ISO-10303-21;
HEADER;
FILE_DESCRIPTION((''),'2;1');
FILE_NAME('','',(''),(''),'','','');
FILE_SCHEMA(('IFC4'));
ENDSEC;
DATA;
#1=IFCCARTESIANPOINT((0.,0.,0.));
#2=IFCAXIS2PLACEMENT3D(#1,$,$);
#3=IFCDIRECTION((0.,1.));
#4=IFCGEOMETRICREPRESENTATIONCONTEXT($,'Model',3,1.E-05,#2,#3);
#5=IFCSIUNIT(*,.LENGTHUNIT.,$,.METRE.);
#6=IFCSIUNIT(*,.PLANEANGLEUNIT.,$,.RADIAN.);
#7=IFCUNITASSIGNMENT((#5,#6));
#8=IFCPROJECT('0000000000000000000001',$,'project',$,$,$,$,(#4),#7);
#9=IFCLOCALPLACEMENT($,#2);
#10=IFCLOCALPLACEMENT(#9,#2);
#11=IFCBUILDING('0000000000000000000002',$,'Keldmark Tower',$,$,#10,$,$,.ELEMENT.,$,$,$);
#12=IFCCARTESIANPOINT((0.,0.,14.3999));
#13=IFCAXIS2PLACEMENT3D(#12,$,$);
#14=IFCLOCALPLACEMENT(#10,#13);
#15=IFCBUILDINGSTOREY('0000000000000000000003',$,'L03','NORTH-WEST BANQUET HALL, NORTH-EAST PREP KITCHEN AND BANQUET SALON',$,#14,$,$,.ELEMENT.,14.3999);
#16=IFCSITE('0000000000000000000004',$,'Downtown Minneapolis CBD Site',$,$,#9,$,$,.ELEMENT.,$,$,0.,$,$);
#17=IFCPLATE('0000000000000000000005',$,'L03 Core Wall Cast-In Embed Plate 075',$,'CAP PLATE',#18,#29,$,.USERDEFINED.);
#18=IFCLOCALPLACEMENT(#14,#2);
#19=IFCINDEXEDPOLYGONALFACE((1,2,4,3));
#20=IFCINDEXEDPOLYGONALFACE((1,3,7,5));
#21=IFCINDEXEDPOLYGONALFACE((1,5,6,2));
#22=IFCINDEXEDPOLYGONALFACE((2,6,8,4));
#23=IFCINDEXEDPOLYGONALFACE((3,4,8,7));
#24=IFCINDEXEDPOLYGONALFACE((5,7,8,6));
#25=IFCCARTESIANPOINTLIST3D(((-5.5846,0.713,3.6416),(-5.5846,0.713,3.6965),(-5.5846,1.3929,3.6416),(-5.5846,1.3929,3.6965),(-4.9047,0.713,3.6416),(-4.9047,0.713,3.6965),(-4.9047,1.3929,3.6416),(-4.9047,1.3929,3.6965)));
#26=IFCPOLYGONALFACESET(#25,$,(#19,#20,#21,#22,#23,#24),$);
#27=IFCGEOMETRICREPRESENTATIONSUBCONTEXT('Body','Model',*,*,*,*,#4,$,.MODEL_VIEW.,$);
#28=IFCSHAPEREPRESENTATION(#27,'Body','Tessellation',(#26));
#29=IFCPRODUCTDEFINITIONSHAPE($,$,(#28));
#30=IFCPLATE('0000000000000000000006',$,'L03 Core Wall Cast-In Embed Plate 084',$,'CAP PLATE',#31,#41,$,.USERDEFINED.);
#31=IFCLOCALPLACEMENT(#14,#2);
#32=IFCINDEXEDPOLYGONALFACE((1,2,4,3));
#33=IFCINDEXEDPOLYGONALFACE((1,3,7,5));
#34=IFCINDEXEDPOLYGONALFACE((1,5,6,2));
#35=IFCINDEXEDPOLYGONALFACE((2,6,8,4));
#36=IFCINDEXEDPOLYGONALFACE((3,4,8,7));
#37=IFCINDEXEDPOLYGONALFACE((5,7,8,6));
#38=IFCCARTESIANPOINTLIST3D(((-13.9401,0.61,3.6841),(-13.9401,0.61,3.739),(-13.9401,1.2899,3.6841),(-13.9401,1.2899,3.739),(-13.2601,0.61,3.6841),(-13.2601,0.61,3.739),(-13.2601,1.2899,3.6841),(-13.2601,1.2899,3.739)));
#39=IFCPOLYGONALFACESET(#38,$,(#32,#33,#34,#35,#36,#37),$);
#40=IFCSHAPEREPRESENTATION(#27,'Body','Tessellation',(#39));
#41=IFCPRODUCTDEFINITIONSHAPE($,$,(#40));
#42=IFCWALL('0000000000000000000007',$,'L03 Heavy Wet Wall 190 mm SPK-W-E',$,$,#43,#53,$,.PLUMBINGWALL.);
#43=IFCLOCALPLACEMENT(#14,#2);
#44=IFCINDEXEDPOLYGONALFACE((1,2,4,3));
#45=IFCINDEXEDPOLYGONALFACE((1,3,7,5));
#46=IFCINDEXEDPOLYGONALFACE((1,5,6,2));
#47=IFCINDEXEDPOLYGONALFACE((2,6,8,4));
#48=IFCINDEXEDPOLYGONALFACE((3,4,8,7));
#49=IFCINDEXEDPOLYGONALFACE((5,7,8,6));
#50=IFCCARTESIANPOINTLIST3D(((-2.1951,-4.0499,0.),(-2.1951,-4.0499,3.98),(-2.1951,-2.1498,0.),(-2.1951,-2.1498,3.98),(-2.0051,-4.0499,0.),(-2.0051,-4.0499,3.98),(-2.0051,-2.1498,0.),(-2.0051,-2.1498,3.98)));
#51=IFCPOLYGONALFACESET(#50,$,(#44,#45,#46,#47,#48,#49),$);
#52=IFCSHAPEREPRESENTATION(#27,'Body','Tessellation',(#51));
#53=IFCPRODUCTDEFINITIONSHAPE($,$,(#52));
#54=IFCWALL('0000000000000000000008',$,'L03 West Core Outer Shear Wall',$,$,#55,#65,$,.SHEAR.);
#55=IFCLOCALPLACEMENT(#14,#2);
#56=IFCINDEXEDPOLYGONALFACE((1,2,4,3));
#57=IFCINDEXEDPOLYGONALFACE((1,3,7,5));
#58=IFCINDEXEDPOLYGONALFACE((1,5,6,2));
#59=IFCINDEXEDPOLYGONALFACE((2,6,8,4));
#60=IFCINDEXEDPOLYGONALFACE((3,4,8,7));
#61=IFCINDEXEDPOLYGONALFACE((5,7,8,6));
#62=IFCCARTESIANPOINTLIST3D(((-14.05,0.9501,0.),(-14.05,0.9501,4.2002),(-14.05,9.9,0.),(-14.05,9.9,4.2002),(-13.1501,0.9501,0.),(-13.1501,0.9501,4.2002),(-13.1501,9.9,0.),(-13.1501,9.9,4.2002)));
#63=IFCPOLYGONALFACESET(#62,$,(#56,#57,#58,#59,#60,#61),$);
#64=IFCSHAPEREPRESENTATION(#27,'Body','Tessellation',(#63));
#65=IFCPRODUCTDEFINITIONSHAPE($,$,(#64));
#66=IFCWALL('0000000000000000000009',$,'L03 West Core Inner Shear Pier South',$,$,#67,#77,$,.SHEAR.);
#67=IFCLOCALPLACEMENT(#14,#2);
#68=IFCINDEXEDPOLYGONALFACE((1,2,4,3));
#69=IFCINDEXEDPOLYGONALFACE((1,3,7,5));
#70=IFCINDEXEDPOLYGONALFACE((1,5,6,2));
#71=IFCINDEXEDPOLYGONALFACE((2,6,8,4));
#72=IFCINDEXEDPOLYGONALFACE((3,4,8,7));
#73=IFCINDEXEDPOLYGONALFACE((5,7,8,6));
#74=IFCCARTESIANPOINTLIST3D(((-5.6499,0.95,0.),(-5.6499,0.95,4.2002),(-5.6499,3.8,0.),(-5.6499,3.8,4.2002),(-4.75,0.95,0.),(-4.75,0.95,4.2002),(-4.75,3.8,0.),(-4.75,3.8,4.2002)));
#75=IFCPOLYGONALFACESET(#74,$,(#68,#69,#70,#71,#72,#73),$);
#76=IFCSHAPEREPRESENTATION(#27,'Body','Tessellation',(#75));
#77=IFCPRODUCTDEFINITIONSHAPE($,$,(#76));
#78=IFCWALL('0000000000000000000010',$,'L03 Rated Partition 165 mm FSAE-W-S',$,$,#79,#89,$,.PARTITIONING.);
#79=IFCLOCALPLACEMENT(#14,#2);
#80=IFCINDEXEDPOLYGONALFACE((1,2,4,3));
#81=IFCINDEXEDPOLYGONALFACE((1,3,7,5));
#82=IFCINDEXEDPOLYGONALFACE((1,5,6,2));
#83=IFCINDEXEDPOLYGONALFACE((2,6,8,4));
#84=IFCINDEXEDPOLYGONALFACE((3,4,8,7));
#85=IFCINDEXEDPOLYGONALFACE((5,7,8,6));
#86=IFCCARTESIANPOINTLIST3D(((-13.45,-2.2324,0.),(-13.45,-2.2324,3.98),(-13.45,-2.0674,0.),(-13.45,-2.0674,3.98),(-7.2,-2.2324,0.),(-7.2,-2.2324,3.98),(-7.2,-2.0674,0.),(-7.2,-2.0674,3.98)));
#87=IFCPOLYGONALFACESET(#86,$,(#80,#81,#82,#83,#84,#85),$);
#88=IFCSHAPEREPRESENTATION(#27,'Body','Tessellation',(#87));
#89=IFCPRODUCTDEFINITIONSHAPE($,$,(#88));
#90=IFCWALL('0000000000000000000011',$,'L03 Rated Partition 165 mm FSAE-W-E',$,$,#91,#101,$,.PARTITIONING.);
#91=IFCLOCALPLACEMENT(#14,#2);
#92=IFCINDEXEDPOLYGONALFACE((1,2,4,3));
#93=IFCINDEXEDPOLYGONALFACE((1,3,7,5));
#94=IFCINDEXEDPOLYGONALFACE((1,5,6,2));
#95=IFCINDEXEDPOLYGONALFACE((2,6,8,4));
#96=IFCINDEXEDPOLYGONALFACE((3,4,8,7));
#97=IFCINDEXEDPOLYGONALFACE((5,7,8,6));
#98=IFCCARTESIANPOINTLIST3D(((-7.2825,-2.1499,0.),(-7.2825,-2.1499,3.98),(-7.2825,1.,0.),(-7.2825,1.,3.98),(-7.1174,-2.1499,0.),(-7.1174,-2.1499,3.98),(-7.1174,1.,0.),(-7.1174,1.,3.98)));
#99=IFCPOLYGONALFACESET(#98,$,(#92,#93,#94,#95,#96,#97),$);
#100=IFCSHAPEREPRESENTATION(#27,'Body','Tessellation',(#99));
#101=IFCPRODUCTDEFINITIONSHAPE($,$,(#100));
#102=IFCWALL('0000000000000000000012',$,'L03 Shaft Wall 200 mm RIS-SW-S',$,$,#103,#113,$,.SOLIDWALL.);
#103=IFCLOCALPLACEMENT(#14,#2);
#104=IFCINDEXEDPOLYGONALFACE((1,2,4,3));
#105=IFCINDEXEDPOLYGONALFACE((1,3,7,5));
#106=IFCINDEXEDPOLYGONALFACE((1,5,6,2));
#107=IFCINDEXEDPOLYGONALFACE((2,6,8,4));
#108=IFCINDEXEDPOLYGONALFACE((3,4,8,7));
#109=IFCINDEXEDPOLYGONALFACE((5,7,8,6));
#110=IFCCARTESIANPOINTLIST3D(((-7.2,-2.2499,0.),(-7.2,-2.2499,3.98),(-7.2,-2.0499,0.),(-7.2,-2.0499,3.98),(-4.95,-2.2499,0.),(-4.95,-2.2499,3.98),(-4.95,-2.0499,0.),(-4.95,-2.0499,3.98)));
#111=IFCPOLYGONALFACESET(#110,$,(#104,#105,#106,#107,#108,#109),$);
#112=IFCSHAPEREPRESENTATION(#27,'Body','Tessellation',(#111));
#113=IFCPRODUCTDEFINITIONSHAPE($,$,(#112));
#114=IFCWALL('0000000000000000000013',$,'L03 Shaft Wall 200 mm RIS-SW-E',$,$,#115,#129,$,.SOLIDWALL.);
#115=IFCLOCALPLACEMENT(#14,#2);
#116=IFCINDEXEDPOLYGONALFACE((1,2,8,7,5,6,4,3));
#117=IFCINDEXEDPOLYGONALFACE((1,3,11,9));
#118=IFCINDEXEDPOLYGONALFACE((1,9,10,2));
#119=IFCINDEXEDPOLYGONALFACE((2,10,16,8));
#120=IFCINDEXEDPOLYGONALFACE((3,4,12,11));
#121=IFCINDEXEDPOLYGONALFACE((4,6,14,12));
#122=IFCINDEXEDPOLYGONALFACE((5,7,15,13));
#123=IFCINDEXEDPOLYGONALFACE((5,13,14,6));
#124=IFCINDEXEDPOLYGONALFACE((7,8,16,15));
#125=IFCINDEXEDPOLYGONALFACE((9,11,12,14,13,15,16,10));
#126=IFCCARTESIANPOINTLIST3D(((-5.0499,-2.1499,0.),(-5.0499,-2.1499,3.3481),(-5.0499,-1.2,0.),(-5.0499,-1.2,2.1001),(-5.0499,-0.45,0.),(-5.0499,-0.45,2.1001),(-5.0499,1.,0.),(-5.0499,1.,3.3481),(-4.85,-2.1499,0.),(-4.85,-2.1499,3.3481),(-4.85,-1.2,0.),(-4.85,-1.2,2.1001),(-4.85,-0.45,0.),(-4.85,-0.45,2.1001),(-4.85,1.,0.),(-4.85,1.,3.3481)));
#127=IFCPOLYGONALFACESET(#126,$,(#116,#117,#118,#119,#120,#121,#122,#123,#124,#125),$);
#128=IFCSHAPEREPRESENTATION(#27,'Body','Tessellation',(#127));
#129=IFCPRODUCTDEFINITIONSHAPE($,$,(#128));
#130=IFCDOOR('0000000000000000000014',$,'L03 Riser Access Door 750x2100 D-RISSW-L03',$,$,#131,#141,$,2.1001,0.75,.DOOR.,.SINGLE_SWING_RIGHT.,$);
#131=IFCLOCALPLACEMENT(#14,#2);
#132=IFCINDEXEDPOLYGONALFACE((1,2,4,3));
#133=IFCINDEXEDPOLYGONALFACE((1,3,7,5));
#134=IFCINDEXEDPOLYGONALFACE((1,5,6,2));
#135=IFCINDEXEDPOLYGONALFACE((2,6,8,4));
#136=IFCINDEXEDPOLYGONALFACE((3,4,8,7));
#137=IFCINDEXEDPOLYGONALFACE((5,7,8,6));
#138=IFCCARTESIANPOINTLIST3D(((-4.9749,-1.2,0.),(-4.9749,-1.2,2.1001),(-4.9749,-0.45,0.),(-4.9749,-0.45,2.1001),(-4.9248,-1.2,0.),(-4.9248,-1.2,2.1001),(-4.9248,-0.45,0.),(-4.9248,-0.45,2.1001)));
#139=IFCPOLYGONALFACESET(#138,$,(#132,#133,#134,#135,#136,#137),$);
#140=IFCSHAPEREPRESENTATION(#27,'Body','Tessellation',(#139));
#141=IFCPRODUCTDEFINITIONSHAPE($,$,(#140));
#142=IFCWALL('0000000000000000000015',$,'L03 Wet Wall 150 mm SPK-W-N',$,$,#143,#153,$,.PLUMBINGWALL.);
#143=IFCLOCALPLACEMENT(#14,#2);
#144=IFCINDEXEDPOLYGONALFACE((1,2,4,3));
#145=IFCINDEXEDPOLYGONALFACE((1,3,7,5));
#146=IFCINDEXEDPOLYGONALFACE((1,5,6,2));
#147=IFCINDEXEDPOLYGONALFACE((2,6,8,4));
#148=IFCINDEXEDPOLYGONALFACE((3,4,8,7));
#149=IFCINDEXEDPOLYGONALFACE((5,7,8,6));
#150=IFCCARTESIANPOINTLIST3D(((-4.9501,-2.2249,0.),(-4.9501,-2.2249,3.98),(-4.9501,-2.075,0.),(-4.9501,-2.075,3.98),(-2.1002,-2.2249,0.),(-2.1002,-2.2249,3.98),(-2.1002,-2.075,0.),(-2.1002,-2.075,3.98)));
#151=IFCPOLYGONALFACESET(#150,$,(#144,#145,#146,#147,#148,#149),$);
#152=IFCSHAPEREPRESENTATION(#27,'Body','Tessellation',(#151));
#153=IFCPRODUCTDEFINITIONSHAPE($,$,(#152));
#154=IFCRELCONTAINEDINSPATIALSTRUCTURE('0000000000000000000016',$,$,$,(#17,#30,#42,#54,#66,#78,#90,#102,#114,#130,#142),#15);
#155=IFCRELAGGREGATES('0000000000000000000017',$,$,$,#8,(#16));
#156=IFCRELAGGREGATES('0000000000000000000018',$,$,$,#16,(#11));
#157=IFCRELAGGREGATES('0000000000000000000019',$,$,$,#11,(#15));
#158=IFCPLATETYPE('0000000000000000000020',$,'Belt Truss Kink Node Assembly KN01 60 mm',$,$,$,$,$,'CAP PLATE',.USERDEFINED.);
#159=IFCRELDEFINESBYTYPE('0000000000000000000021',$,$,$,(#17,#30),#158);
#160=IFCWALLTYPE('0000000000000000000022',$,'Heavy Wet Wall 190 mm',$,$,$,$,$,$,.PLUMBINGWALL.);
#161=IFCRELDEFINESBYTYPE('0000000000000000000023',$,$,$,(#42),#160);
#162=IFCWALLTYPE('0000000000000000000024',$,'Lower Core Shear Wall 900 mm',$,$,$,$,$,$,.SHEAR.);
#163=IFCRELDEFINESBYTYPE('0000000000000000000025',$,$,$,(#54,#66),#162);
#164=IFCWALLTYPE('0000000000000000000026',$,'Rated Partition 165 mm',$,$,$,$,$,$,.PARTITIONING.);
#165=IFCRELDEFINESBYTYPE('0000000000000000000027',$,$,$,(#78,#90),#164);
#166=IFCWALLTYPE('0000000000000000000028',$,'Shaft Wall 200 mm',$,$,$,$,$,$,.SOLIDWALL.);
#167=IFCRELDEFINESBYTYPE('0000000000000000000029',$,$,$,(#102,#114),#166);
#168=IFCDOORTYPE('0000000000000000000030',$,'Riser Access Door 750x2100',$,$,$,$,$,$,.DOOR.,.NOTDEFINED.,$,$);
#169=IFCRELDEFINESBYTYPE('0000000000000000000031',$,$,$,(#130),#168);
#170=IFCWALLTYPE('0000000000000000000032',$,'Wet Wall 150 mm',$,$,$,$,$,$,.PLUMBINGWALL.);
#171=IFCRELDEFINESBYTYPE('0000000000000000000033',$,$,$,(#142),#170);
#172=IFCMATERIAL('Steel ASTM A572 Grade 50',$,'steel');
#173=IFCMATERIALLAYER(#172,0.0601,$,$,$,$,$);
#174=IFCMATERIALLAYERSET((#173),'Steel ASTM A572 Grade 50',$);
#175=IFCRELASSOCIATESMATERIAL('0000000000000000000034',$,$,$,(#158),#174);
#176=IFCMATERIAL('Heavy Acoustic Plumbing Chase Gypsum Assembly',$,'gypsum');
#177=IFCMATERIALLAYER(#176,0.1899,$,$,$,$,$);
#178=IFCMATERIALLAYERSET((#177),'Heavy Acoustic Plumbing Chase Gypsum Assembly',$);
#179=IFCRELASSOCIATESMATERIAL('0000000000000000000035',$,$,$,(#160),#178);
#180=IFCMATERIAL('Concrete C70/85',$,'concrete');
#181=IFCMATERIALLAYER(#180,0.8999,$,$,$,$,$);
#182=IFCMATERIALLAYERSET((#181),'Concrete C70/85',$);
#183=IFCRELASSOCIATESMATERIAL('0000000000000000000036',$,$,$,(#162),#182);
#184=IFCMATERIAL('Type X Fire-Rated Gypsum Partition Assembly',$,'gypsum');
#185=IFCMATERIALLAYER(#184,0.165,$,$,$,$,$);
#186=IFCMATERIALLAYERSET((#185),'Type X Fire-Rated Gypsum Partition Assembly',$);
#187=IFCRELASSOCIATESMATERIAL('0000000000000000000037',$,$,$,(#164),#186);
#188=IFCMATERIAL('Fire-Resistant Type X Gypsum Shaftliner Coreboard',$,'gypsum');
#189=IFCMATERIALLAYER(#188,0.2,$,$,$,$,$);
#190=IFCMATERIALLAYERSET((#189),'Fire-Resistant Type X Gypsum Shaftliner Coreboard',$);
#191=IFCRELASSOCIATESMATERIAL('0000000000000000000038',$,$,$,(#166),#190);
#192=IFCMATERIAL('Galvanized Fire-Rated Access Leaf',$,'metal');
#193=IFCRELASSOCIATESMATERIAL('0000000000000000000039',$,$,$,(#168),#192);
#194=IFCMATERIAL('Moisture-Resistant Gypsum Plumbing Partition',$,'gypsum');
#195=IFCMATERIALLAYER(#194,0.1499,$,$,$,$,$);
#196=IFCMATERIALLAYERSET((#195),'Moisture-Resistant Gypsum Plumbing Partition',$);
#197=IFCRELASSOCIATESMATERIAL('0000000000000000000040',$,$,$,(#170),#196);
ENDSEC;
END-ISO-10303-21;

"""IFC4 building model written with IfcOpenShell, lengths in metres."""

from ifc_helpers import new_model, si_unit, direction, frame, frame_2d, origin, origin_2d, place, context, subcontext, project, spatial, rectangle, extrude, material, layer, layer_set, type_object, element, fill, save


model = new_model("IFC4")

# Units and contexts
model_context = context("Model", 3, precision=1e-05, world=origin(), true_north=direction((0.0, 1.0)))
body_context = subcontext(model_context, "Body", "Model", "MODEL_VIEW")
ifc_project = project(units=[si_unit("LENGTHUNIT", "METRE"), si_unit("PLANEANGLEUNIT", "RADIAN")], contexts=[model_context])

# Site, building, storey
site_placement = place(None, origin())
site = spatial("IfcSite", under=ifc_project, at=site_placement, Name="Downtown Minneapolis CBD Site", CompositionType="ELEMENT", RefElevation=0.0)
building_placement = place(site_placement, origin())
building = spatial("IfcBuilding", under=site, at=building_placement, Name="Keldmark Tower", CompositionType="ELEMENT")
storey_placement = place(building_placement, frame((0.0, 0.0, 14.3999)))
storey = spatial("IfcBuildingStorey", under=building, at=storey_placement, Name="L03", Description="NORTH-WEST BANQUET HALL, NORTH-EAST PREP KITCHEN AND BANQUET SALON", CompositionType="ELEMENT", Elevation=14.3999)

# Plates
ifc_material_1 = material(Name="Steel ASTM A572 Grade 50", Category="steel")
ifc_layer_1 = layer(ifc_material_1, 0.0601)
ifc_layer_set_1 = layer_set([ifc_layer_1], Name="Steel ASTM A572 Grade 50")
plate_type = type_object("IfcPlateType", Name="Belt Truss Kink Node Assembly KN01 60 mm", ElementType="CAP PLATE", PredefinedType="USERDEFINED", material=ifc_layer_set_1)
for number, where, z_axis, x_axis, name in (
    (1, (-5.2446, 1.053, 3.6416), (0.0, 0.0, 1.0), (1.0, 0.0, 0.0), "L03 Core Wall Cast-In Embed Plate 075"),
    (2, (-13.6001, 0.95, 3.6841), (0.0, 0.0, 1.0), (1.0, 0.0, 0.0), "L03 Core Wall Cast-In Embed Plate 084"),
):
    element("IfcPlate", number, at=place(storey_placement, frame(where, z_axis=z_axis, x_axis=x_axis)), inside=storey, type_object=plate_type, Name=name, ObjectType="CAP PLATE", PredefinedType="USERDEFINED", context=body_context, shape_type="SweptSolid", body=[
        extrude(rectangle(XDim=0.6799, YDim=0.6799, at=origin_2d()), origin(), (0.0, 0.0, 1.0), 0.0549),
    ])

# Walls
ifc_material_2 = material(Name="Heavy Acoustic Plumbing Chase Gypsum Assembly", Category="gypsum")
ifc_layer_2 = layer(ifc_material_2, 0.1899)
ifc_layer_set_2 = layer_set([ifc_layer_2], Name="Heavy Acoustic Plumbing Chase Gypsum Assembly")
wall_type_1 = type_object("IfcWallType", Name="Heavy Wet Wall 190 mm", PredefinedType="PLUMBINGWALL", material=ifc_layer_set_2)
wall_1_placement = place(storey_placement, frame((-2.1001, -4.05, 0.0), z_axis=(0.0, 0.0, 1.0), x_axis=(0.0, 1.0, 0.0)))
element("IfcWall", 3, at=wall_1_placement, inside=storey, type_object=wall_type_1, Name="L03 Heavy Wet Wall 190 mm SPK-W-E", PredefinedType="PLUMBINGWALL", context=body_context, shape_type="SweptSolid", body=[
    extrude(rectangle(XDim=1.9001, YDim=0.1899, at=frame_2d((0.9502, 0.0))), origin(), (0.0, 0.0, 1.0), 3.98),
])
ifc_material_3 = material(Name="Concrete C70/85", Category="concrete")
ifc_layer_3 = layer(ifc_material_3, 0.8999)
ifc_layer_set_3 = layer_set([ifc_layer_3], Name="Concrete C70/85")
wall_type_2 = type_object("IfcWallType", Name="Lower Core Shear Wall 900 mm", PredefinedType="SHEAR", material=ifc_layer_set_3)
wall_2_placement = place(storey_placement, frame((-13.6001, 0.95, 0.0), z_axis=(0.0, 0.0, 1.0), x_axis=(0.0, 1.0, 0.0)))
element("IfcWall", 4, at=wall_2_placement, inside=storey, type_object=wall_type_2, Name="L03 West Core Outer Shear Wall", PredefinedType="SHEAR", context=body_context, shape_type="SweptSolid", body=[
    extrude(rectangle(XDim=8.95, YDim=0.8999, at=frame_2d((4.4751, 0.0))), origin(), (0.0, 0.0, 1.0), 4.2002),
])

# Walls
wall_3_placement = place(storey_placement, frame((-5.2, 0.95, 0.0), z_axis=(0.0, 0.0, 1.0), x_axis=(0.0, 1.0, 0.0)))
element("IfcWall", 5, at=wall_3_placement, inside=storey, type_object=wall_type_2, Name="L03 West Core Inner Shear Pier South", PredefinedType="SHEAR", context=body_context, shape_type="SweptSolid", body=[
    extrude(rectangle(XDim=2.8501, YDim=0.8999, at=frame_2d((1.425, 0.0))), origin(), (0.0, 0.0, 1.0), 4.2002),
])
ifc_material_4 = material(Name="Type X Fire-Rated Gypsum Partition Assembly", Category="gypsum")
ifc_layer_4 = layer(ifc_material_4, 0.165)
ifc_layer_set_4 = layer_set([ifc_layer_4], Name="Type X Fire-Rated Gypsum Partition Assembly")
wall_type_3 = type_object("IfcWallType", Name="Rated Partition 165 mm", PredefinedType="PARTITIONING", material=ifc_layer_set_4)
wall_4_placement = place(storey_placement, frame((-13.45, -2.1499, 0.0), z_axis=(0.0, 0.0, 1.0), x_axis=(1.0, 0.0, 0.0)))
element("IfcWall", 6, at=wall_4_placement, inside=storey, type_object=wall_type_3, Name="L03 Rated Partition 165 mm FSAE-W-S", PredefinedType="PARTITIONING", context=body_context, shape_type="SweptSolid", body=[
    extrude(rectangle(XDim=6.25, YDim=0.165, at=frame_2d((3.125, 0.0))), origin(), (0.0, 0.0, 1.0), 3.98),
])

# Walls
wall_5_placement = place(storey_placement, frame((-7.2, -2.1499, 0.0), z_axis=(0.0, 0.0, 1.0), x_axis=(0.0, 1.0, 0.0)))
element("IfcWall", 7, at=wall_5_placement, inside=storey, type_object=wall_type_3, Name="L03 Rated Partition 165 mm FSAE-W-E", PredefinedType="PARTITIONING", context=body_context, shape_type="SweptSolid", body=[
    extrude(rectangle(XDim=3.1499, YDim=0.165, at=frame_2d((1.575, 0.0))), origin(), (0.0, 0.0, 1.0), 3.98),
])
ifc_material_5 = material(Name="Fire-Resistant Type X Gypsum Shaftliner Coreboard", Category="gypsum")
ifc_layer_5 = layer(ifc_material_5, 0.2)
ifc_layer_set_5 = layer_set([ifc_layer_5], Name="Fire-Resistant Type X Gypsum Shaftliner Coreboard")
wall_type_4 = type_object("IfcWallType", Name="Shaft Wall 200 mm", PredefinedType="SOLIDWALL", material=ifc_layer_set_5)
wall_6_placement = place(storey_placement, frame((-7.2, -2.1499, 0.0), z_axis=(0.0, 0.0, 1.0), x_axis=(1.0, 0.0, 0.0)))
element("IfcWall", 8, at=wall_6_placement, inside=storey, type_object=wall_type_4, Name="L03 Shaft Wall 200 mm RIS-SW-S", PredefinedType="SOLIDWALL", context=body_context, shape_type="SweptSolid", body=[
    extrude(rectangle(XDim=2.25, YDim=0.2, at=frame_2d((1.125, 0.0))), origin(), (0.0, 0.0, 1.0), 3.98),
])

# Wall, opening, door
wall_7_placement = place(storey_placement, frame((-4.95, -2.1499, 0.0), z_axis=(0.0, 0.0, 1.0), x_axis=(0.0, 1.0, 0.0)))
wall_7 = element("IfcWall", 9, at=wall_7_placement, inside=storey, type_object=wall_type_4, Name="L03 Shaft Wall 200 mm RIS-SW-E", PredefinedType="SOLIDWALL", context=body_context, shape_type="SweptSolid", body=[
    extrude(rectangle(XDim=3.1499, YDim=0.2, at=frame_2d((1.575, 0.0))), origin(), (0.0, 0.0, 1.0), 3.3481),
])
opening_1_placement = place(wall_7_placement, frame((0.95, 0.0, 0.0)))
opening_1 = element("IfcOpeningElement", 10, at=opening_1_placement, cuts=wall_7, PredefinedType="OPENING", context=body_context, shape_type="SweptSolid", body=[
    extrude(rectangle(XDim=0.75, YDim=2.1001, at=frame_2d((0.375, 1.05))), frame((0.0, 0.1099, 0.0), z_axis=(0.0, -1.0, 0.0), x_axis=(1.0, 0.0, 0.0)), (0.0, 0.0, 1.0), 0.22),
])
ifc_material_6 = material(Name="Galvanized Fire-Rated Access Leaf", Category="metal")
door_type_1 = type_object("IfcDoorType", Name="Riser Access Door 750x2100", OperationType="NOTDEFINED", PredefinedType="DOOR", material=ifc_material_6)
door_1_placement = place(opening_1_placement, origin())
door_1 = element("IfcDoor", 11, at=door_1_placement, inside=storey, type_object=door_type_1, Name="L03 Riser Access Door 750x2100 D-RISSW-L03", OperationType="SINGLE_SWING_RIGHT", OverallHeight=2.1001, OverallWidth=0.75, PredefinedType="DOOR", context=body_context, shape_type="SweptSolid", body=[
    extrude(rectangle(XDim=0.75, YDim=2.1001, at=frame_2d((0.375, 1.05))), frame((0.0, 0.0249, 0.0), z_axis=(0.0, -1.0, 0.0), x_axis=(1.0, 0.0, 0.0)), (0.0, 0.0, 1.0), 0.05),
])
fill(opening_1, door_1)

# Wall
ifc_material_7 = material(Name="Moisture-Resistant Gypsum Plumbing Partition", Category="gypsum")
ifc_layer_6 = layer(ifc_material_7, 0.1499)
ifc_layer_set_6 = layer_set([ifc_layer_6], Name="Moisture-Resistant Gypsum Plumbing Partition")
wall_type_5 = type_object("IfcWallType", Name="Wet Wall 150 mm", PredefinedType="PLUMBINGWALL", material=ifc_layer_set_6)
wall_8_placement = place(storey_placement, frame((-4.95, -2.1499, 0.0), z_axis=(0.0, 0.0, 1.0), x_axis=(1.0, 0.0, 0.0)))
element("IfcWall", 12, at=wall_8_placement, inside=storey, type_object=wall_type_5, Name="L03 Wet Wall 150 mm SPK-W-N", PredefinedType="PLUMBINGWALL", context=body_context, shape_type="SweptSolid", body=[
    extrude(rectangle(XDim=2.8499, YDim=0.1499, at=frame_2d((1.4248, 0.0))), origin(), (0.0, 0.0, 1.0), 3.98),
])

save(model, "model.ifc")
